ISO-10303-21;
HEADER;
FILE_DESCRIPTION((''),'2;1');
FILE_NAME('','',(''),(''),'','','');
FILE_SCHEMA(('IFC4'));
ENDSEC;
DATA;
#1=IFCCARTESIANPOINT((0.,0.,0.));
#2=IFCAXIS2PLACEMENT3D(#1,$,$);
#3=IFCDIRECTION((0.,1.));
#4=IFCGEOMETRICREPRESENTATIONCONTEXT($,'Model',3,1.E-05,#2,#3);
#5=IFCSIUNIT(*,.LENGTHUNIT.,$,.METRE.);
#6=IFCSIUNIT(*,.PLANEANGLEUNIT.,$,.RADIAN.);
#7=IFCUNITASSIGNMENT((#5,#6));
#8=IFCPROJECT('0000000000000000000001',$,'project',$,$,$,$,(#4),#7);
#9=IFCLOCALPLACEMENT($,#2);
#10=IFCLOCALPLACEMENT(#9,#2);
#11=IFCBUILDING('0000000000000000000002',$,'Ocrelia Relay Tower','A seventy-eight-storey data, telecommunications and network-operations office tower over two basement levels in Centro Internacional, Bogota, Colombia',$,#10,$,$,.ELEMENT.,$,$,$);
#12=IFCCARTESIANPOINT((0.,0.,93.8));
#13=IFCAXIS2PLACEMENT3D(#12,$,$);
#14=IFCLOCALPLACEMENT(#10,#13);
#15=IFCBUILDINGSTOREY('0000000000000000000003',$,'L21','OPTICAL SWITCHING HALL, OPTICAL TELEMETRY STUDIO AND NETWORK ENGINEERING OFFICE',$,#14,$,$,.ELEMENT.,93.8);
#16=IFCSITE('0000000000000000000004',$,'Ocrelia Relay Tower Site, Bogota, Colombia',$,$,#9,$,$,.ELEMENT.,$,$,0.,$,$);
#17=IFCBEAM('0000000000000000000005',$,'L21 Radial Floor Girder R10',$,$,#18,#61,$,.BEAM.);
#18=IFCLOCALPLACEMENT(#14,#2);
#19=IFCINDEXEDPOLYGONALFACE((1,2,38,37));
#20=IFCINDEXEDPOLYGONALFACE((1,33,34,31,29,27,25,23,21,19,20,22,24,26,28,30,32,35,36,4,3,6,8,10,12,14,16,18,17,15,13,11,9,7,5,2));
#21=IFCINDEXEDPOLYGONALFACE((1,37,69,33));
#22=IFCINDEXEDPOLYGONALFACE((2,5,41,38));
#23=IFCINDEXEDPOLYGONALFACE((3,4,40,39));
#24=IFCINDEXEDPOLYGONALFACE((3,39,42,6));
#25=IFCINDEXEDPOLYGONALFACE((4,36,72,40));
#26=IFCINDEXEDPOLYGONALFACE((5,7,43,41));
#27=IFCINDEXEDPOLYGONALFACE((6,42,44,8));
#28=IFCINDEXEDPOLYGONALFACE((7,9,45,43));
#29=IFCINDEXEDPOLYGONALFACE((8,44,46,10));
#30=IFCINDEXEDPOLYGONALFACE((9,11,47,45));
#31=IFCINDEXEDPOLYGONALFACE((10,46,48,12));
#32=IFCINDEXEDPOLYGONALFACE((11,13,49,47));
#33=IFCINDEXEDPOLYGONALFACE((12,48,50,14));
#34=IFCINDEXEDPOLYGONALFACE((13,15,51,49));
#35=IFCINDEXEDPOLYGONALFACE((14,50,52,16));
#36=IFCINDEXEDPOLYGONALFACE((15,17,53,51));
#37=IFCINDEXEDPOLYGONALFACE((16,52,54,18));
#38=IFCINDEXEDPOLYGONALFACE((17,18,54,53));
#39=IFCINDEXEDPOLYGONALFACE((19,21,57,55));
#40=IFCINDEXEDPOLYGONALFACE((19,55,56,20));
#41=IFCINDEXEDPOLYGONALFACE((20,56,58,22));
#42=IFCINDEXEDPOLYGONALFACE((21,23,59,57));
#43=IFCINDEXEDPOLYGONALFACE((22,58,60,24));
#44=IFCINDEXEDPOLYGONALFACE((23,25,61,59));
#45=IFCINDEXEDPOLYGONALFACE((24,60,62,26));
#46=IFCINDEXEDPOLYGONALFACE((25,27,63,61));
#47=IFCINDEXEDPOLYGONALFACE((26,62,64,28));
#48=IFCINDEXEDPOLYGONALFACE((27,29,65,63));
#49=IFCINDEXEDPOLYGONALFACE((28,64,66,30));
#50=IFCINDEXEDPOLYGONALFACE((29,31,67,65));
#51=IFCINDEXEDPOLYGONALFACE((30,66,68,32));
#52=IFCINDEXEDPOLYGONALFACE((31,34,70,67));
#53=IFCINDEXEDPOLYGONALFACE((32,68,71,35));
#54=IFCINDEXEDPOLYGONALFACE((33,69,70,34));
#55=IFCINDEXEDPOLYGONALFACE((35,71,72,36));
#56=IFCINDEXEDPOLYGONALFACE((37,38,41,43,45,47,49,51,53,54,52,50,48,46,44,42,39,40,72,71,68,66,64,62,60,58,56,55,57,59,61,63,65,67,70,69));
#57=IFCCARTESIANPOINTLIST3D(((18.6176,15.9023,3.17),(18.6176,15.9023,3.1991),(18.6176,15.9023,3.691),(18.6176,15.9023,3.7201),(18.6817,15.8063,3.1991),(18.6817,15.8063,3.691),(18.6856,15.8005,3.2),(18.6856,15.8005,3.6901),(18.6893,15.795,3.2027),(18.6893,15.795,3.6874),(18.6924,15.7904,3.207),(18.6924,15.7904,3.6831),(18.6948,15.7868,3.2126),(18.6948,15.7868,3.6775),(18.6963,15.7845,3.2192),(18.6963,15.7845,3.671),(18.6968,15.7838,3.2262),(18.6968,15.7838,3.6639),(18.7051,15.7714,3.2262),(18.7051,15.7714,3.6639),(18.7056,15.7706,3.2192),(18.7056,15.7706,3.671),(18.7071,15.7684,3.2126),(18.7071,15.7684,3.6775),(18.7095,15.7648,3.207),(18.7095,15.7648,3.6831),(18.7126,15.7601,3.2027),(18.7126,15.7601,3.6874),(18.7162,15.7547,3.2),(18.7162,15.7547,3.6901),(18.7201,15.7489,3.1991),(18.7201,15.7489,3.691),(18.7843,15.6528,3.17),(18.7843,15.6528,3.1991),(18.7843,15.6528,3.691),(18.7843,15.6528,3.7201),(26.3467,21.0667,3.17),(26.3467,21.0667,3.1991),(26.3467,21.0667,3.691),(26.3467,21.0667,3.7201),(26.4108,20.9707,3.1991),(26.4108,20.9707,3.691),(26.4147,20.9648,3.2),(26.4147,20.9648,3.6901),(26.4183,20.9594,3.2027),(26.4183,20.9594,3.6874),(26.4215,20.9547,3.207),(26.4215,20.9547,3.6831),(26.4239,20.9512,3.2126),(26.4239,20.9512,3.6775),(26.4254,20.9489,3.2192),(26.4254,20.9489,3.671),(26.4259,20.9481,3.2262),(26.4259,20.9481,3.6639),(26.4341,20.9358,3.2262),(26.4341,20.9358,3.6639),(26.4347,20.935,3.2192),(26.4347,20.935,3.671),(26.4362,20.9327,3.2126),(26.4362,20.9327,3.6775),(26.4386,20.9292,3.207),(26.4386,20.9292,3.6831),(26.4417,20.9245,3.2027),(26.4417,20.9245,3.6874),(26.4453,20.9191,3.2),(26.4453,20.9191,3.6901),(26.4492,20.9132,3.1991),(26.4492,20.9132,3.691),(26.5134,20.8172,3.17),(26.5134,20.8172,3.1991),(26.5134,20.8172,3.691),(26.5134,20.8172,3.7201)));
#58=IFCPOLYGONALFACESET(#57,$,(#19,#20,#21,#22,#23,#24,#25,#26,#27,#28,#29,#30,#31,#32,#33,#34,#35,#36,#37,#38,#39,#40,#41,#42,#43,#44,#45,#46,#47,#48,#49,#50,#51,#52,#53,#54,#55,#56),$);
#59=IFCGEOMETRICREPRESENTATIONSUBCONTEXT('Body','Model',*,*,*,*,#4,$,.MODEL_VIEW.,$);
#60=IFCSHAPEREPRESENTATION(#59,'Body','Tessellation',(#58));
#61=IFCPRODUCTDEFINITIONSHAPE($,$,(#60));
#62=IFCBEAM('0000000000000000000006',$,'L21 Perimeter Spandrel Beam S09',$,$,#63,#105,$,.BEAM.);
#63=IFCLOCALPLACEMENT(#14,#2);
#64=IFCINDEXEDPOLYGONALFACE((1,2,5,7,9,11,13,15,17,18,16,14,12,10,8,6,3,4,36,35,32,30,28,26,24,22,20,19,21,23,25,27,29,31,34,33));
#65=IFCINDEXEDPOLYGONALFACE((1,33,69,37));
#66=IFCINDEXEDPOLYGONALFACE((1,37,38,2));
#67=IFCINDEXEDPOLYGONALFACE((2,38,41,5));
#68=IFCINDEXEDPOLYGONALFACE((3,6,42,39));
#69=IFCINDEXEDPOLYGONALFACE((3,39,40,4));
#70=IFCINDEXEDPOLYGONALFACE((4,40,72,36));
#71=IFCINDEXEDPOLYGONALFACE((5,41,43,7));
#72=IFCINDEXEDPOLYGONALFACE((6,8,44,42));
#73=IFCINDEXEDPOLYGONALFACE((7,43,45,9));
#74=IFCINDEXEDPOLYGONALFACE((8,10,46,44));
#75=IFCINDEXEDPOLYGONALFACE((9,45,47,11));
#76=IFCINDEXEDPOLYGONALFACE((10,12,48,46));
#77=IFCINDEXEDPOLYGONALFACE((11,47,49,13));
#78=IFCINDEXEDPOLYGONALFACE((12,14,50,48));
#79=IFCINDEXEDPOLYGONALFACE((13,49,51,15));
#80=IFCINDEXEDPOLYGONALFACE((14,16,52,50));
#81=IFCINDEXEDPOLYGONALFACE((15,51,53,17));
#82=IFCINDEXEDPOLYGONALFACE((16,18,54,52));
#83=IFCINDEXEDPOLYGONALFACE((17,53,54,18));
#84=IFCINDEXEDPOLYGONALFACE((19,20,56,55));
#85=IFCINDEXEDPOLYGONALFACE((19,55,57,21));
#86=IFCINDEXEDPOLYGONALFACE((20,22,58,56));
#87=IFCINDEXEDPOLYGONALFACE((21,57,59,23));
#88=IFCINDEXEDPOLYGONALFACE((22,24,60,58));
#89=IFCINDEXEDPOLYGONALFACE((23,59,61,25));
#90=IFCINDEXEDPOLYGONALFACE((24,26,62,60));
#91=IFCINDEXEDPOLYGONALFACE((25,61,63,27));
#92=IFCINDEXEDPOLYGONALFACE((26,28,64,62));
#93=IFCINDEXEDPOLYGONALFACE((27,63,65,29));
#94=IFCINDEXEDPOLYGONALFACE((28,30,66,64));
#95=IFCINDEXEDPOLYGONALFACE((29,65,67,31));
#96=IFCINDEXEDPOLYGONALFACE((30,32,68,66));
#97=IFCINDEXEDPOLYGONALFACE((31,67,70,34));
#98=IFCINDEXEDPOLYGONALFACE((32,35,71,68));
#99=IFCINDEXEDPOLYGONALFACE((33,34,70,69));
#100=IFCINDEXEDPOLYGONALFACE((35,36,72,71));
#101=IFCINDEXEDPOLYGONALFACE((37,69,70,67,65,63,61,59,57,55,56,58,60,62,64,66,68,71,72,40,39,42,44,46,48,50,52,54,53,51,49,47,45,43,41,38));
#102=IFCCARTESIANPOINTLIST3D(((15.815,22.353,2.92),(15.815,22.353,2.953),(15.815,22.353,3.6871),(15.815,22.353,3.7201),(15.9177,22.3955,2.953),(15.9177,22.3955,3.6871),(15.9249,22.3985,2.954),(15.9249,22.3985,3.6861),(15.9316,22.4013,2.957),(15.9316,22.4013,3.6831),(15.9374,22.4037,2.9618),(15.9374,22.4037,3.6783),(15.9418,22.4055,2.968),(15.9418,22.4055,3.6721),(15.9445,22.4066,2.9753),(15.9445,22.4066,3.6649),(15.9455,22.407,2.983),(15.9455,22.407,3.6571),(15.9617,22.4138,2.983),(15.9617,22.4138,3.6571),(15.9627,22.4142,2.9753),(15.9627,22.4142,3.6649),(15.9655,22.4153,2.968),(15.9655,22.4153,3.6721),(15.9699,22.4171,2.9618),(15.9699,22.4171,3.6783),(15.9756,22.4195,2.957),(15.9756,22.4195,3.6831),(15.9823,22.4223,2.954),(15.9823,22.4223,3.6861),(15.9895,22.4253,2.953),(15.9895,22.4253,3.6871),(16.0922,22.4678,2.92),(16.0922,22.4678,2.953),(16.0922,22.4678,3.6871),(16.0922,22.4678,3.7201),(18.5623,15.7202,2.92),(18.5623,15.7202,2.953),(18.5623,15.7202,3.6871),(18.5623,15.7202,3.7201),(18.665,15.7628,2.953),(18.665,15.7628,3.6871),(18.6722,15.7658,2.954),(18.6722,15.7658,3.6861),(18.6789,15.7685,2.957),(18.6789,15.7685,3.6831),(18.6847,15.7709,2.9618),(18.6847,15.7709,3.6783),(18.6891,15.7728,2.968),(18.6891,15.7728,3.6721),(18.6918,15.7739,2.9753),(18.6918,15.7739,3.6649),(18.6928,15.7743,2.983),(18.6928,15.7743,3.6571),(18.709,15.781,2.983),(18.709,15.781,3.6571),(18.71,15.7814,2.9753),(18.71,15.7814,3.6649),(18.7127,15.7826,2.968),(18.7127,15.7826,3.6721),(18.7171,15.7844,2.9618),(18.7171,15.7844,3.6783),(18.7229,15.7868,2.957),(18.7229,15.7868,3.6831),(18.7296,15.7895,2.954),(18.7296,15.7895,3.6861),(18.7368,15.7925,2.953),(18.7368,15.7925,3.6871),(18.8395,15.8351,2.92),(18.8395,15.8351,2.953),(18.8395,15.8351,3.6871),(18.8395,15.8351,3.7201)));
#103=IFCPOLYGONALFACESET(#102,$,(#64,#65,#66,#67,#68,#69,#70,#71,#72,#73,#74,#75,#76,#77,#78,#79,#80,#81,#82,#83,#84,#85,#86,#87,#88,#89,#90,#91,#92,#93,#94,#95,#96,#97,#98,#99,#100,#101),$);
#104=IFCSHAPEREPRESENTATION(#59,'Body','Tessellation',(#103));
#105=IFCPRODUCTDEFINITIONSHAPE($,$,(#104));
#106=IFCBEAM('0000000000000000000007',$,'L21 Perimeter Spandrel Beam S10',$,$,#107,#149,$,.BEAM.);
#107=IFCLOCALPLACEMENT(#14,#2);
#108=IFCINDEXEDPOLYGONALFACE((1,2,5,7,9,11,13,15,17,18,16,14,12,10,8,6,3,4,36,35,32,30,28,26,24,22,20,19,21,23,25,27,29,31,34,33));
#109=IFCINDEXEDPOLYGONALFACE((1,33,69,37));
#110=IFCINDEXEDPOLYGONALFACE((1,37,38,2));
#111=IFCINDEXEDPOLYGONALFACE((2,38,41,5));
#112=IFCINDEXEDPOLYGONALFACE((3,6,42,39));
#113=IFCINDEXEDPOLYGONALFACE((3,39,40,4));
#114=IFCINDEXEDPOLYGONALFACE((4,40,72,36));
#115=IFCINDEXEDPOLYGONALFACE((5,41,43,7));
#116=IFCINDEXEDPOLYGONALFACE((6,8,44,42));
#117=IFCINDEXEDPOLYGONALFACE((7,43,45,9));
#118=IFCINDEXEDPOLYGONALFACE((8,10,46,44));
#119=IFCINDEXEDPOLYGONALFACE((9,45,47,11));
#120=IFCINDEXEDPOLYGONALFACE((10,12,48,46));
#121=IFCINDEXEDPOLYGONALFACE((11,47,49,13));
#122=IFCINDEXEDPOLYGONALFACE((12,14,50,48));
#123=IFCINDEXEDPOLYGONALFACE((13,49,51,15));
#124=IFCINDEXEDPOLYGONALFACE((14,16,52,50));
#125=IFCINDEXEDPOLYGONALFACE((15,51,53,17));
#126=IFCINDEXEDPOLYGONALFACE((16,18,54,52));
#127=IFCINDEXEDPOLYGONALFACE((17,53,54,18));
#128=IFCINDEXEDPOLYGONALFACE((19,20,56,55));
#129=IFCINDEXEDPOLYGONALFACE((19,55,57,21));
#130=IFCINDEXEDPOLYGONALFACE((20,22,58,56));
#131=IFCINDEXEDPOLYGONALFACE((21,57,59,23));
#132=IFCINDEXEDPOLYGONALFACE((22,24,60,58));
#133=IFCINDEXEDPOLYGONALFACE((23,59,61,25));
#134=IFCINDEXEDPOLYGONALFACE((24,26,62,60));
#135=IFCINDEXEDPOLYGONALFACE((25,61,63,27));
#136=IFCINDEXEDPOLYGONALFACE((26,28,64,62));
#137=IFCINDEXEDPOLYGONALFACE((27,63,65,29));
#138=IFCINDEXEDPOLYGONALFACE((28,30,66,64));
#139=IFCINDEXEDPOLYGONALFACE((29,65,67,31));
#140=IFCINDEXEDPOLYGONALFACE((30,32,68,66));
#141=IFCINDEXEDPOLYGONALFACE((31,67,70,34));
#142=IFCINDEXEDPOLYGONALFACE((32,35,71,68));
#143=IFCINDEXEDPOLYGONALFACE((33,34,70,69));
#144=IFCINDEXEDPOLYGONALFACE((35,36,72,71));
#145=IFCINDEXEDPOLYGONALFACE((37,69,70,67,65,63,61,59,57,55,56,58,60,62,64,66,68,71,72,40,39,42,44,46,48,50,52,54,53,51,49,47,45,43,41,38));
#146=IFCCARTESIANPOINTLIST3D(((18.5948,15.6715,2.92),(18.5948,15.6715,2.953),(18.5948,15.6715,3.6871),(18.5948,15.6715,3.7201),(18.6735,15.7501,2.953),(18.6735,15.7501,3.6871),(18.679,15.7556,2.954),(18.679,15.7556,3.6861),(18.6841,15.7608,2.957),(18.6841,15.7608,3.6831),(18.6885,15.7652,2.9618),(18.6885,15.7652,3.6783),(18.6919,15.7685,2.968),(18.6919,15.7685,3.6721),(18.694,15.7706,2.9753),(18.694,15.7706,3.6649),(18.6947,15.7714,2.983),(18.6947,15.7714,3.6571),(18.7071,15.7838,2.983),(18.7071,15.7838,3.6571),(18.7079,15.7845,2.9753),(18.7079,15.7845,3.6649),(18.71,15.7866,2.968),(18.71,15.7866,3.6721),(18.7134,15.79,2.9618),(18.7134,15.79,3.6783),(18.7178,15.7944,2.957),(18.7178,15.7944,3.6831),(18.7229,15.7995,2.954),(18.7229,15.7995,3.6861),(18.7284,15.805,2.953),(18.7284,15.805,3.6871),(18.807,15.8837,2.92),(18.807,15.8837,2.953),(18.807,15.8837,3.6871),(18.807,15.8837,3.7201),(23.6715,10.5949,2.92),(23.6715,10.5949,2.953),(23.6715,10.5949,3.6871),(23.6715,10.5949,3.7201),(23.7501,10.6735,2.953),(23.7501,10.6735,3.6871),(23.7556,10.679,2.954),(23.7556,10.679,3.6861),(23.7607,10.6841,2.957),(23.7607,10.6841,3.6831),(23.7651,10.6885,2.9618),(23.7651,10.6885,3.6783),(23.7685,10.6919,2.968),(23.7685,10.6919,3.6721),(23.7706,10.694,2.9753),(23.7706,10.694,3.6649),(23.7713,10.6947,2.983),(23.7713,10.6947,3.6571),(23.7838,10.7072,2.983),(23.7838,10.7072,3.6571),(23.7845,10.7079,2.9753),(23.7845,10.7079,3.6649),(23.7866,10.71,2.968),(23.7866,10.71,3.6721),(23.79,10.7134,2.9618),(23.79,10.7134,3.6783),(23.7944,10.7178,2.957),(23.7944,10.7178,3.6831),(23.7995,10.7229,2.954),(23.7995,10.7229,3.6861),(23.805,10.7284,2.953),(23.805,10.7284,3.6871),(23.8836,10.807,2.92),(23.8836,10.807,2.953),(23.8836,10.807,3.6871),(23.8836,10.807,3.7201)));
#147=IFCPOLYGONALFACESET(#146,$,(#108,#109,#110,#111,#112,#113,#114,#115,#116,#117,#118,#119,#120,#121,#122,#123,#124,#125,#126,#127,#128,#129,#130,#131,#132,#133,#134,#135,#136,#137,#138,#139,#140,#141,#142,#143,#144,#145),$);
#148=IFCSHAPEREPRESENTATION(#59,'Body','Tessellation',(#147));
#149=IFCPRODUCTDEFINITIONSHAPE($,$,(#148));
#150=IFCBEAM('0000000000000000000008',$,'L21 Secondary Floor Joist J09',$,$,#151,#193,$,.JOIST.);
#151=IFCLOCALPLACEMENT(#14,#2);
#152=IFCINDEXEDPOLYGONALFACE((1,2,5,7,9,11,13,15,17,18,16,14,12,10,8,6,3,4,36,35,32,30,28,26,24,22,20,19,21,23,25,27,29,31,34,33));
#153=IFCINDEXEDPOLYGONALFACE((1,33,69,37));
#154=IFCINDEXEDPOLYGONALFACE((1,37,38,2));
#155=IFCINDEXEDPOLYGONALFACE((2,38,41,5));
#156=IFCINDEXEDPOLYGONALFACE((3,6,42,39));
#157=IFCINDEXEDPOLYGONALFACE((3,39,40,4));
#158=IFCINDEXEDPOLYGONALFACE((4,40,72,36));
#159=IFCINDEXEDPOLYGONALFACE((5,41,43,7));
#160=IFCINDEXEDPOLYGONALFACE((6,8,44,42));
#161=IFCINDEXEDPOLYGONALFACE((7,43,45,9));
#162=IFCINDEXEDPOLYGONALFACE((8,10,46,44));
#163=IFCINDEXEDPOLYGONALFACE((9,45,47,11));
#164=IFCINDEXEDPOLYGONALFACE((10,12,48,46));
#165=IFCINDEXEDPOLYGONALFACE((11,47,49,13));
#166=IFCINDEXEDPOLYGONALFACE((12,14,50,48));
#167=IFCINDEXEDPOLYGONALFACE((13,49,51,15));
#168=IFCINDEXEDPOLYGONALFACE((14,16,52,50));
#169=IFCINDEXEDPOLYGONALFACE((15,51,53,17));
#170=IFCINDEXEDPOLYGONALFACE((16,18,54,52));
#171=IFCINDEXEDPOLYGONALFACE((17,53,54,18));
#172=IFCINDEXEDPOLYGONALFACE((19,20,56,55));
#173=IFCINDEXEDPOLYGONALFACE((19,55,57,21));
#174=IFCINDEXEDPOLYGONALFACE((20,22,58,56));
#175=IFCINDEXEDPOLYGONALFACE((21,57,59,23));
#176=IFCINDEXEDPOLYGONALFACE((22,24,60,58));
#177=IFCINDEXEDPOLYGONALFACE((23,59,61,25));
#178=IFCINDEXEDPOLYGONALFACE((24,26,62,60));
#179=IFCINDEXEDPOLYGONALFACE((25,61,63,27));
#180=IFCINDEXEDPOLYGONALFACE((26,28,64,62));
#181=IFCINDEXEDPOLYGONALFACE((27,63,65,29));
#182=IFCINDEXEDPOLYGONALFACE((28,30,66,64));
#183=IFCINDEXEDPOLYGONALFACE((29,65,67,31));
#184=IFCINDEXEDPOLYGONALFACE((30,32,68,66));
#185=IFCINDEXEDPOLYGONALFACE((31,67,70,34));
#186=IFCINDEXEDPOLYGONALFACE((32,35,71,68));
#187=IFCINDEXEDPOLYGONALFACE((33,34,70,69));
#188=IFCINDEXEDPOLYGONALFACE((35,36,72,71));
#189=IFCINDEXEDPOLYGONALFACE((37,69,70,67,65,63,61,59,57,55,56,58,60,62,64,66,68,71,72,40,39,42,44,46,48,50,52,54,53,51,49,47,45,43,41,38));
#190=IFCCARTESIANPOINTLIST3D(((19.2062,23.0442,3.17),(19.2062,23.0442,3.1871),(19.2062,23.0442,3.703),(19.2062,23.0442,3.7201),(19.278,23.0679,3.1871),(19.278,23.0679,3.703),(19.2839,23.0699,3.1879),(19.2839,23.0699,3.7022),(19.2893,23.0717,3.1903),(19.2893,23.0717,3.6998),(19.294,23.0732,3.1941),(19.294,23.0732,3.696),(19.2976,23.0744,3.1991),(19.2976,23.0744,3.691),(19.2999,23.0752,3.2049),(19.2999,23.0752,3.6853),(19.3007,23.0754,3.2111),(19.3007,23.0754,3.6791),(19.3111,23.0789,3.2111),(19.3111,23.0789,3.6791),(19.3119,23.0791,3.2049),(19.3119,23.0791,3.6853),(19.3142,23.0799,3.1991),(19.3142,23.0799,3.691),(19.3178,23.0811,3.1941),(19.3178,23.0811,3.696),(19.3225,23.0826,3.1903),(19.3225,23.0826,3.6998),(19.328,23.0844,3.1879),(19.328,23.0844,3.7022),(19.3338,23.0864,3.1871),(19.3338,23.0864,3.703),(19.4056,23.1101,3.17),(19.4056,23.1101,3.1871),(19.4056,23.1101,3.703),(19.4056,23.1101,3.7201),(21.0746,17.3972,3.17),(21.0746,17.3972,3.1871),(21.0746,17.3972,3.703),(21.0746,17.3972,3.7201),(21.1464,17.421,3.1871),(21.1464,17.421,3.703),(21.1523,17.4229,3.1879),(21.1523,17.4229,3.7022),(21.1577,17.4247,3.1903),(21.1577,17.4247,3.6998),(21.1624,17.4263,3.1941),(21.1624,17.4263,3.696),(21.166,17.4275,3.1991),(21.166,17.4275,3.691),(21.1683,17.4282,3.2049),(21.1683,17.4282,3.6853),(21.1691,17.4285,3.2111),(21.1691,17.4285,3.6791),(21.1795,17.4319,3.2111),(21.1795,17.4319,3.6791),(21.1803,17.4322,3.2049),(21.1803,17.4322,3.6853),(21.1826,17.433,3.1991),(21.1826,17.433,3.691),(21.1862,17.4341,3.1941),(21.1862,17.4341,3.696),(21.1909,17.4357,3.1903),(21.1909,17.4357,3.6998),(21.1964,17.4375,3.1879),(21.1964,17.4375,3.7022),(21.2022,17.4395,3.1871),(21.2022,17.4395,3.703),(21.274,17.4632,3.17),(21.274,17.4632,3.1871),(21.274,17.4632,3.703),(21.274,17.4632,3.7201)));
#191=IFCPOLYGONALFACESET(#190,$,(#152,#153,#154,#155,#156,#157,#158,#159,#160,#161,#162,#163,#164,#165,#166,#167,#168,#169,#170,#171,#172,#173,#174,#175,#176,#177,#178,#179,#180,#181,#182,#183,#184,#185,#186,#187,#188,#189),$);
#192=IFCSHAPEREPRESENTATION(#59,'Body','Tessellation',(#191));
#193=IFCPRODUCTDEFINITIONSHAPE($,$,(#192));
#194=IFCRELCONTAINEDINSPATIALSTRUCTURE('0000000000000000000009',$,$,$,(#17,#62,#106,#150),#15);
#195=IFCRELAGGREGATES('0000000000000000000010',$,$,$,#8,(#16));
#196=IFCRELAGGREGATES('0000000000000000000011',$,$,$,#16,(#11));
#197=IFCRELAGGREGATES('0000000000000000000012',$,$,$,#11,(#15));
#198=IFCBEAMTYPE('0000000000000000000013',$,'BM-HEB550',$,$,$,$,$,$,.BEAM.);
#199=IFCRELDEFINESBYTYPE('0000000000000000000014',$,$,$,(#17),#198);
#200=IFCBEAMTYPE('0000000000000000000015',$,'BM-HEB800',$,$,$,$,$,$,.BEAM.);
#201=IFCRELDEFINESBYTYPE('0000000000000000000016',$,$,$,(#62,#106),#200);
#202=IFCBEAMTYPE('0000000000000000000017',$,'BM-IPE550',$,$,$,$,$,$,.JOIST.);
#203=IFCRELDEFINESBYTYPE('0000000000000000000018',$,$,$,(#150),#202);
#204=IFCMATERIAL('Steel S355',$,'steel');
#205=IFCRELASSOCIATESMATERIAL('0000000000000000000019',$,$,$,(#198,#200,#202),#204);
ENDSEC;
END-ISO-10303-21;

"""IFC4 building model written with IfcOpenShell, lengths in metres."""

from ifc_helpers import new_model, si_unit, direction, frame, origin, origin_2d, place, context, subcontext, project, spatial, i_section, extrude, material, material_profile, profile_set, type_object, element, save


model = new_model("IFC4")

# Units and contexts
model_context = context("Model", 3, precision=1e-05, world=origin(), true_north=direction((0.0, 1.0)))
body_context = subcontext(model_context, "Body", "Model", "MODEL_VIEW")
ifc_project = project(units=[si_unit("LENGTHUNIT", "METRE"), si_unit("PLANEANGLEUNIT", "RADIAN")], contexts=[model_context])

# Site, building, storey
site_placement = place(None, origin())
site = spatial("IfcSite", under=ifc_project, at=site_placement, Name="Ocrelia Relay Tower Site, Bogota, Colombia", CompositionType="ELEMENT", RefElevation=0.0)
building_placement = place(site_placement, origin())
building = spatial("IfcBuilding", under=site, at=building_placement, Name="Ocrelia Relay Tower", Description="A seventy-eight-storey data, telecommunications and network-operations office tower over two basement levels in Centro Internacional, Bogota, Colombia", CompositionType="ELEMENT")
storey_placement = place(building_placement, frame((0.0, 0.0, 93.8)))
storey = spatial("IfcBuildingStorey", under=building, at=storey_placement, Name="L21", Description="OPTICAL SWITCHING HALL, OPTICAL TELEMETRY STUDIO AND NETWORK ENGINEERING OFFICE", CompositionType="ELEMENT", Elevation=93.8)

# Beams
ifc_material_1 = material(Name="Steel S355", Category="steel")
ifc_material_profile_1 = material_profile(ifc_material_1, i_section(OverallWidth=0.3, OverallDepth=0.55, WebThickness=0.0149, FlangeThickness=0.0291, FilletRadius=0.0271, at=origin_2d()), Name="HEB 550")
ifc_profile_set_1 = profile_set([ifc_material_profile_1], Name="Steel S355")
beam_type_1 = type_object("IfcBeamType", Name="BM-HEB550", PredefinedType="BEAM", material=ifc_profile_set_1)
beam_1_placement = place(storey_placement, frame((18.7009, 15.7776, 3.4451), z_axis=(0.831472, 0.555567, 0.0), x_axis=(-0.555567, 0.831472, 0.0)))
element("IfcBeam", 1, at=beam_1_placement, inside=storey, type_object=beam_type_1, Name="L21 Radial Floor Girder R10", PredefinedType="BEAM", context=body_context, shape_type="SweptSolid", body=[
    extrude(i_section(OverallWidth=0.3, OverallDepth=0.55, WebThickness=0.0149, FlangeThickness=0.0291, FilletRadius=0.0271, at=origin_2d()), origin(), (0.0, 0.0, 1.0), 9.2957),
])
ifc_material_profile_2 = material_profile(ifc_material_1, i_section(OverallWidth=0.3, OverallDepth=0.8, WebThickness=0.0176, FlangeThickness=0.033, FilletRadius=0.03, at=origin_2d()), Name="HEB 800")
ifc_profile_set_2 = profile_set([ifc_material_profile_2], Name="Steel S355")
beam_type_2 = type_object("IfcBeamType", Name="BM-HEB800", PredefinedType="BEAM", material=ifc_profile_set_2)
beam_2_placement = place(storey_placement, frame((15.9536, 22.4104, 3.3201), z_axis=(0.382673, -0.923884, 0.0), x_axis=(0.923884, 0.382673, 0.0)))
element("IfcBeam", 2, at=beam_2_placement, inside=storey, type_object=beam_type_2, Name="L21 Perimeter Spandrel Beam S09", PredefinedType="BEAM", context=body_context, shape_type="SweptSolid", body=[
    extrude(i_section(OverallWidth=0.3, OverallDepth=0.8, WebThickness=0.0176, FlangeThickness=0.033, FilletRadius=0.03, at=origin_2d()), origin(), (0.0, 0.0, 1.0), 7.1792),
])
beam_3_placement = place(storey_placement, frame((18.7009, 15.7776, 3.3201), z_axis=(0.707107, -0.707107, 0.0), x_axis=(0.707107, 0.707107, 0.0)))
element("IfcBeam", 3, at=beam_3_placement, inside=storey, type_object=beam_type_2, Name="L21 Perimeter Spandrel Beam S10", PredefinedType="BEAM", context=body_context, shape_type="SweptSolid", body=[
    extrude(i_section(OverallWidth=0.3, OverallDepth=0.8, WebThickness=0.0176, FlangeThickness=0.033, FilletRadius=0.03, at=origin_2d()), origin(), (0.0, 0.0, 1.0), 7.1794),
])
ifc_material_profile_3 = material_profile(ifc_material_1, i_section(OverallWidth=0.21, OverallDepth=0.55, WebThickness=0.011, FlangeThickness=0.0171, FilletRadius=0.0239, at=origin_2d()), Name="IPE 550")
ifc_profile_set_3 = profile_set([ifc_material_profile_3], Name="Steel S355")
beam_type_3 = type_object("IfcBeamType", Name="BM-IPE550", PredefinedType="JOIST", material=ifc_profile_set_3)
beam_4_placement = place(storey_placement, frame((19.3059, 23.0771, 3.4451), z_axis=(0.314121, -0.949383, 0.0), x_axis=(0.949383, 0.314121, 0.0)))
element("IfcBeam", 4, at=beam_4_placement, inside=storey, type_object=beam_type_3, Name="L21 Secondary Floor Joist J09", PredefinedType="JOIST", context=body_context, shape_type="SweptSolid", body=[
    extrude(i_section(OverallWidth=0.21, OverallDepth=0.55, WebThickness=0.011, FlangeThickness=0.0171, FilletRadius=0.0239, at=origin_2d()), origin(), (0.0, 0.0, 1.0), 5.948),
])

save(model, "model.ifc")
